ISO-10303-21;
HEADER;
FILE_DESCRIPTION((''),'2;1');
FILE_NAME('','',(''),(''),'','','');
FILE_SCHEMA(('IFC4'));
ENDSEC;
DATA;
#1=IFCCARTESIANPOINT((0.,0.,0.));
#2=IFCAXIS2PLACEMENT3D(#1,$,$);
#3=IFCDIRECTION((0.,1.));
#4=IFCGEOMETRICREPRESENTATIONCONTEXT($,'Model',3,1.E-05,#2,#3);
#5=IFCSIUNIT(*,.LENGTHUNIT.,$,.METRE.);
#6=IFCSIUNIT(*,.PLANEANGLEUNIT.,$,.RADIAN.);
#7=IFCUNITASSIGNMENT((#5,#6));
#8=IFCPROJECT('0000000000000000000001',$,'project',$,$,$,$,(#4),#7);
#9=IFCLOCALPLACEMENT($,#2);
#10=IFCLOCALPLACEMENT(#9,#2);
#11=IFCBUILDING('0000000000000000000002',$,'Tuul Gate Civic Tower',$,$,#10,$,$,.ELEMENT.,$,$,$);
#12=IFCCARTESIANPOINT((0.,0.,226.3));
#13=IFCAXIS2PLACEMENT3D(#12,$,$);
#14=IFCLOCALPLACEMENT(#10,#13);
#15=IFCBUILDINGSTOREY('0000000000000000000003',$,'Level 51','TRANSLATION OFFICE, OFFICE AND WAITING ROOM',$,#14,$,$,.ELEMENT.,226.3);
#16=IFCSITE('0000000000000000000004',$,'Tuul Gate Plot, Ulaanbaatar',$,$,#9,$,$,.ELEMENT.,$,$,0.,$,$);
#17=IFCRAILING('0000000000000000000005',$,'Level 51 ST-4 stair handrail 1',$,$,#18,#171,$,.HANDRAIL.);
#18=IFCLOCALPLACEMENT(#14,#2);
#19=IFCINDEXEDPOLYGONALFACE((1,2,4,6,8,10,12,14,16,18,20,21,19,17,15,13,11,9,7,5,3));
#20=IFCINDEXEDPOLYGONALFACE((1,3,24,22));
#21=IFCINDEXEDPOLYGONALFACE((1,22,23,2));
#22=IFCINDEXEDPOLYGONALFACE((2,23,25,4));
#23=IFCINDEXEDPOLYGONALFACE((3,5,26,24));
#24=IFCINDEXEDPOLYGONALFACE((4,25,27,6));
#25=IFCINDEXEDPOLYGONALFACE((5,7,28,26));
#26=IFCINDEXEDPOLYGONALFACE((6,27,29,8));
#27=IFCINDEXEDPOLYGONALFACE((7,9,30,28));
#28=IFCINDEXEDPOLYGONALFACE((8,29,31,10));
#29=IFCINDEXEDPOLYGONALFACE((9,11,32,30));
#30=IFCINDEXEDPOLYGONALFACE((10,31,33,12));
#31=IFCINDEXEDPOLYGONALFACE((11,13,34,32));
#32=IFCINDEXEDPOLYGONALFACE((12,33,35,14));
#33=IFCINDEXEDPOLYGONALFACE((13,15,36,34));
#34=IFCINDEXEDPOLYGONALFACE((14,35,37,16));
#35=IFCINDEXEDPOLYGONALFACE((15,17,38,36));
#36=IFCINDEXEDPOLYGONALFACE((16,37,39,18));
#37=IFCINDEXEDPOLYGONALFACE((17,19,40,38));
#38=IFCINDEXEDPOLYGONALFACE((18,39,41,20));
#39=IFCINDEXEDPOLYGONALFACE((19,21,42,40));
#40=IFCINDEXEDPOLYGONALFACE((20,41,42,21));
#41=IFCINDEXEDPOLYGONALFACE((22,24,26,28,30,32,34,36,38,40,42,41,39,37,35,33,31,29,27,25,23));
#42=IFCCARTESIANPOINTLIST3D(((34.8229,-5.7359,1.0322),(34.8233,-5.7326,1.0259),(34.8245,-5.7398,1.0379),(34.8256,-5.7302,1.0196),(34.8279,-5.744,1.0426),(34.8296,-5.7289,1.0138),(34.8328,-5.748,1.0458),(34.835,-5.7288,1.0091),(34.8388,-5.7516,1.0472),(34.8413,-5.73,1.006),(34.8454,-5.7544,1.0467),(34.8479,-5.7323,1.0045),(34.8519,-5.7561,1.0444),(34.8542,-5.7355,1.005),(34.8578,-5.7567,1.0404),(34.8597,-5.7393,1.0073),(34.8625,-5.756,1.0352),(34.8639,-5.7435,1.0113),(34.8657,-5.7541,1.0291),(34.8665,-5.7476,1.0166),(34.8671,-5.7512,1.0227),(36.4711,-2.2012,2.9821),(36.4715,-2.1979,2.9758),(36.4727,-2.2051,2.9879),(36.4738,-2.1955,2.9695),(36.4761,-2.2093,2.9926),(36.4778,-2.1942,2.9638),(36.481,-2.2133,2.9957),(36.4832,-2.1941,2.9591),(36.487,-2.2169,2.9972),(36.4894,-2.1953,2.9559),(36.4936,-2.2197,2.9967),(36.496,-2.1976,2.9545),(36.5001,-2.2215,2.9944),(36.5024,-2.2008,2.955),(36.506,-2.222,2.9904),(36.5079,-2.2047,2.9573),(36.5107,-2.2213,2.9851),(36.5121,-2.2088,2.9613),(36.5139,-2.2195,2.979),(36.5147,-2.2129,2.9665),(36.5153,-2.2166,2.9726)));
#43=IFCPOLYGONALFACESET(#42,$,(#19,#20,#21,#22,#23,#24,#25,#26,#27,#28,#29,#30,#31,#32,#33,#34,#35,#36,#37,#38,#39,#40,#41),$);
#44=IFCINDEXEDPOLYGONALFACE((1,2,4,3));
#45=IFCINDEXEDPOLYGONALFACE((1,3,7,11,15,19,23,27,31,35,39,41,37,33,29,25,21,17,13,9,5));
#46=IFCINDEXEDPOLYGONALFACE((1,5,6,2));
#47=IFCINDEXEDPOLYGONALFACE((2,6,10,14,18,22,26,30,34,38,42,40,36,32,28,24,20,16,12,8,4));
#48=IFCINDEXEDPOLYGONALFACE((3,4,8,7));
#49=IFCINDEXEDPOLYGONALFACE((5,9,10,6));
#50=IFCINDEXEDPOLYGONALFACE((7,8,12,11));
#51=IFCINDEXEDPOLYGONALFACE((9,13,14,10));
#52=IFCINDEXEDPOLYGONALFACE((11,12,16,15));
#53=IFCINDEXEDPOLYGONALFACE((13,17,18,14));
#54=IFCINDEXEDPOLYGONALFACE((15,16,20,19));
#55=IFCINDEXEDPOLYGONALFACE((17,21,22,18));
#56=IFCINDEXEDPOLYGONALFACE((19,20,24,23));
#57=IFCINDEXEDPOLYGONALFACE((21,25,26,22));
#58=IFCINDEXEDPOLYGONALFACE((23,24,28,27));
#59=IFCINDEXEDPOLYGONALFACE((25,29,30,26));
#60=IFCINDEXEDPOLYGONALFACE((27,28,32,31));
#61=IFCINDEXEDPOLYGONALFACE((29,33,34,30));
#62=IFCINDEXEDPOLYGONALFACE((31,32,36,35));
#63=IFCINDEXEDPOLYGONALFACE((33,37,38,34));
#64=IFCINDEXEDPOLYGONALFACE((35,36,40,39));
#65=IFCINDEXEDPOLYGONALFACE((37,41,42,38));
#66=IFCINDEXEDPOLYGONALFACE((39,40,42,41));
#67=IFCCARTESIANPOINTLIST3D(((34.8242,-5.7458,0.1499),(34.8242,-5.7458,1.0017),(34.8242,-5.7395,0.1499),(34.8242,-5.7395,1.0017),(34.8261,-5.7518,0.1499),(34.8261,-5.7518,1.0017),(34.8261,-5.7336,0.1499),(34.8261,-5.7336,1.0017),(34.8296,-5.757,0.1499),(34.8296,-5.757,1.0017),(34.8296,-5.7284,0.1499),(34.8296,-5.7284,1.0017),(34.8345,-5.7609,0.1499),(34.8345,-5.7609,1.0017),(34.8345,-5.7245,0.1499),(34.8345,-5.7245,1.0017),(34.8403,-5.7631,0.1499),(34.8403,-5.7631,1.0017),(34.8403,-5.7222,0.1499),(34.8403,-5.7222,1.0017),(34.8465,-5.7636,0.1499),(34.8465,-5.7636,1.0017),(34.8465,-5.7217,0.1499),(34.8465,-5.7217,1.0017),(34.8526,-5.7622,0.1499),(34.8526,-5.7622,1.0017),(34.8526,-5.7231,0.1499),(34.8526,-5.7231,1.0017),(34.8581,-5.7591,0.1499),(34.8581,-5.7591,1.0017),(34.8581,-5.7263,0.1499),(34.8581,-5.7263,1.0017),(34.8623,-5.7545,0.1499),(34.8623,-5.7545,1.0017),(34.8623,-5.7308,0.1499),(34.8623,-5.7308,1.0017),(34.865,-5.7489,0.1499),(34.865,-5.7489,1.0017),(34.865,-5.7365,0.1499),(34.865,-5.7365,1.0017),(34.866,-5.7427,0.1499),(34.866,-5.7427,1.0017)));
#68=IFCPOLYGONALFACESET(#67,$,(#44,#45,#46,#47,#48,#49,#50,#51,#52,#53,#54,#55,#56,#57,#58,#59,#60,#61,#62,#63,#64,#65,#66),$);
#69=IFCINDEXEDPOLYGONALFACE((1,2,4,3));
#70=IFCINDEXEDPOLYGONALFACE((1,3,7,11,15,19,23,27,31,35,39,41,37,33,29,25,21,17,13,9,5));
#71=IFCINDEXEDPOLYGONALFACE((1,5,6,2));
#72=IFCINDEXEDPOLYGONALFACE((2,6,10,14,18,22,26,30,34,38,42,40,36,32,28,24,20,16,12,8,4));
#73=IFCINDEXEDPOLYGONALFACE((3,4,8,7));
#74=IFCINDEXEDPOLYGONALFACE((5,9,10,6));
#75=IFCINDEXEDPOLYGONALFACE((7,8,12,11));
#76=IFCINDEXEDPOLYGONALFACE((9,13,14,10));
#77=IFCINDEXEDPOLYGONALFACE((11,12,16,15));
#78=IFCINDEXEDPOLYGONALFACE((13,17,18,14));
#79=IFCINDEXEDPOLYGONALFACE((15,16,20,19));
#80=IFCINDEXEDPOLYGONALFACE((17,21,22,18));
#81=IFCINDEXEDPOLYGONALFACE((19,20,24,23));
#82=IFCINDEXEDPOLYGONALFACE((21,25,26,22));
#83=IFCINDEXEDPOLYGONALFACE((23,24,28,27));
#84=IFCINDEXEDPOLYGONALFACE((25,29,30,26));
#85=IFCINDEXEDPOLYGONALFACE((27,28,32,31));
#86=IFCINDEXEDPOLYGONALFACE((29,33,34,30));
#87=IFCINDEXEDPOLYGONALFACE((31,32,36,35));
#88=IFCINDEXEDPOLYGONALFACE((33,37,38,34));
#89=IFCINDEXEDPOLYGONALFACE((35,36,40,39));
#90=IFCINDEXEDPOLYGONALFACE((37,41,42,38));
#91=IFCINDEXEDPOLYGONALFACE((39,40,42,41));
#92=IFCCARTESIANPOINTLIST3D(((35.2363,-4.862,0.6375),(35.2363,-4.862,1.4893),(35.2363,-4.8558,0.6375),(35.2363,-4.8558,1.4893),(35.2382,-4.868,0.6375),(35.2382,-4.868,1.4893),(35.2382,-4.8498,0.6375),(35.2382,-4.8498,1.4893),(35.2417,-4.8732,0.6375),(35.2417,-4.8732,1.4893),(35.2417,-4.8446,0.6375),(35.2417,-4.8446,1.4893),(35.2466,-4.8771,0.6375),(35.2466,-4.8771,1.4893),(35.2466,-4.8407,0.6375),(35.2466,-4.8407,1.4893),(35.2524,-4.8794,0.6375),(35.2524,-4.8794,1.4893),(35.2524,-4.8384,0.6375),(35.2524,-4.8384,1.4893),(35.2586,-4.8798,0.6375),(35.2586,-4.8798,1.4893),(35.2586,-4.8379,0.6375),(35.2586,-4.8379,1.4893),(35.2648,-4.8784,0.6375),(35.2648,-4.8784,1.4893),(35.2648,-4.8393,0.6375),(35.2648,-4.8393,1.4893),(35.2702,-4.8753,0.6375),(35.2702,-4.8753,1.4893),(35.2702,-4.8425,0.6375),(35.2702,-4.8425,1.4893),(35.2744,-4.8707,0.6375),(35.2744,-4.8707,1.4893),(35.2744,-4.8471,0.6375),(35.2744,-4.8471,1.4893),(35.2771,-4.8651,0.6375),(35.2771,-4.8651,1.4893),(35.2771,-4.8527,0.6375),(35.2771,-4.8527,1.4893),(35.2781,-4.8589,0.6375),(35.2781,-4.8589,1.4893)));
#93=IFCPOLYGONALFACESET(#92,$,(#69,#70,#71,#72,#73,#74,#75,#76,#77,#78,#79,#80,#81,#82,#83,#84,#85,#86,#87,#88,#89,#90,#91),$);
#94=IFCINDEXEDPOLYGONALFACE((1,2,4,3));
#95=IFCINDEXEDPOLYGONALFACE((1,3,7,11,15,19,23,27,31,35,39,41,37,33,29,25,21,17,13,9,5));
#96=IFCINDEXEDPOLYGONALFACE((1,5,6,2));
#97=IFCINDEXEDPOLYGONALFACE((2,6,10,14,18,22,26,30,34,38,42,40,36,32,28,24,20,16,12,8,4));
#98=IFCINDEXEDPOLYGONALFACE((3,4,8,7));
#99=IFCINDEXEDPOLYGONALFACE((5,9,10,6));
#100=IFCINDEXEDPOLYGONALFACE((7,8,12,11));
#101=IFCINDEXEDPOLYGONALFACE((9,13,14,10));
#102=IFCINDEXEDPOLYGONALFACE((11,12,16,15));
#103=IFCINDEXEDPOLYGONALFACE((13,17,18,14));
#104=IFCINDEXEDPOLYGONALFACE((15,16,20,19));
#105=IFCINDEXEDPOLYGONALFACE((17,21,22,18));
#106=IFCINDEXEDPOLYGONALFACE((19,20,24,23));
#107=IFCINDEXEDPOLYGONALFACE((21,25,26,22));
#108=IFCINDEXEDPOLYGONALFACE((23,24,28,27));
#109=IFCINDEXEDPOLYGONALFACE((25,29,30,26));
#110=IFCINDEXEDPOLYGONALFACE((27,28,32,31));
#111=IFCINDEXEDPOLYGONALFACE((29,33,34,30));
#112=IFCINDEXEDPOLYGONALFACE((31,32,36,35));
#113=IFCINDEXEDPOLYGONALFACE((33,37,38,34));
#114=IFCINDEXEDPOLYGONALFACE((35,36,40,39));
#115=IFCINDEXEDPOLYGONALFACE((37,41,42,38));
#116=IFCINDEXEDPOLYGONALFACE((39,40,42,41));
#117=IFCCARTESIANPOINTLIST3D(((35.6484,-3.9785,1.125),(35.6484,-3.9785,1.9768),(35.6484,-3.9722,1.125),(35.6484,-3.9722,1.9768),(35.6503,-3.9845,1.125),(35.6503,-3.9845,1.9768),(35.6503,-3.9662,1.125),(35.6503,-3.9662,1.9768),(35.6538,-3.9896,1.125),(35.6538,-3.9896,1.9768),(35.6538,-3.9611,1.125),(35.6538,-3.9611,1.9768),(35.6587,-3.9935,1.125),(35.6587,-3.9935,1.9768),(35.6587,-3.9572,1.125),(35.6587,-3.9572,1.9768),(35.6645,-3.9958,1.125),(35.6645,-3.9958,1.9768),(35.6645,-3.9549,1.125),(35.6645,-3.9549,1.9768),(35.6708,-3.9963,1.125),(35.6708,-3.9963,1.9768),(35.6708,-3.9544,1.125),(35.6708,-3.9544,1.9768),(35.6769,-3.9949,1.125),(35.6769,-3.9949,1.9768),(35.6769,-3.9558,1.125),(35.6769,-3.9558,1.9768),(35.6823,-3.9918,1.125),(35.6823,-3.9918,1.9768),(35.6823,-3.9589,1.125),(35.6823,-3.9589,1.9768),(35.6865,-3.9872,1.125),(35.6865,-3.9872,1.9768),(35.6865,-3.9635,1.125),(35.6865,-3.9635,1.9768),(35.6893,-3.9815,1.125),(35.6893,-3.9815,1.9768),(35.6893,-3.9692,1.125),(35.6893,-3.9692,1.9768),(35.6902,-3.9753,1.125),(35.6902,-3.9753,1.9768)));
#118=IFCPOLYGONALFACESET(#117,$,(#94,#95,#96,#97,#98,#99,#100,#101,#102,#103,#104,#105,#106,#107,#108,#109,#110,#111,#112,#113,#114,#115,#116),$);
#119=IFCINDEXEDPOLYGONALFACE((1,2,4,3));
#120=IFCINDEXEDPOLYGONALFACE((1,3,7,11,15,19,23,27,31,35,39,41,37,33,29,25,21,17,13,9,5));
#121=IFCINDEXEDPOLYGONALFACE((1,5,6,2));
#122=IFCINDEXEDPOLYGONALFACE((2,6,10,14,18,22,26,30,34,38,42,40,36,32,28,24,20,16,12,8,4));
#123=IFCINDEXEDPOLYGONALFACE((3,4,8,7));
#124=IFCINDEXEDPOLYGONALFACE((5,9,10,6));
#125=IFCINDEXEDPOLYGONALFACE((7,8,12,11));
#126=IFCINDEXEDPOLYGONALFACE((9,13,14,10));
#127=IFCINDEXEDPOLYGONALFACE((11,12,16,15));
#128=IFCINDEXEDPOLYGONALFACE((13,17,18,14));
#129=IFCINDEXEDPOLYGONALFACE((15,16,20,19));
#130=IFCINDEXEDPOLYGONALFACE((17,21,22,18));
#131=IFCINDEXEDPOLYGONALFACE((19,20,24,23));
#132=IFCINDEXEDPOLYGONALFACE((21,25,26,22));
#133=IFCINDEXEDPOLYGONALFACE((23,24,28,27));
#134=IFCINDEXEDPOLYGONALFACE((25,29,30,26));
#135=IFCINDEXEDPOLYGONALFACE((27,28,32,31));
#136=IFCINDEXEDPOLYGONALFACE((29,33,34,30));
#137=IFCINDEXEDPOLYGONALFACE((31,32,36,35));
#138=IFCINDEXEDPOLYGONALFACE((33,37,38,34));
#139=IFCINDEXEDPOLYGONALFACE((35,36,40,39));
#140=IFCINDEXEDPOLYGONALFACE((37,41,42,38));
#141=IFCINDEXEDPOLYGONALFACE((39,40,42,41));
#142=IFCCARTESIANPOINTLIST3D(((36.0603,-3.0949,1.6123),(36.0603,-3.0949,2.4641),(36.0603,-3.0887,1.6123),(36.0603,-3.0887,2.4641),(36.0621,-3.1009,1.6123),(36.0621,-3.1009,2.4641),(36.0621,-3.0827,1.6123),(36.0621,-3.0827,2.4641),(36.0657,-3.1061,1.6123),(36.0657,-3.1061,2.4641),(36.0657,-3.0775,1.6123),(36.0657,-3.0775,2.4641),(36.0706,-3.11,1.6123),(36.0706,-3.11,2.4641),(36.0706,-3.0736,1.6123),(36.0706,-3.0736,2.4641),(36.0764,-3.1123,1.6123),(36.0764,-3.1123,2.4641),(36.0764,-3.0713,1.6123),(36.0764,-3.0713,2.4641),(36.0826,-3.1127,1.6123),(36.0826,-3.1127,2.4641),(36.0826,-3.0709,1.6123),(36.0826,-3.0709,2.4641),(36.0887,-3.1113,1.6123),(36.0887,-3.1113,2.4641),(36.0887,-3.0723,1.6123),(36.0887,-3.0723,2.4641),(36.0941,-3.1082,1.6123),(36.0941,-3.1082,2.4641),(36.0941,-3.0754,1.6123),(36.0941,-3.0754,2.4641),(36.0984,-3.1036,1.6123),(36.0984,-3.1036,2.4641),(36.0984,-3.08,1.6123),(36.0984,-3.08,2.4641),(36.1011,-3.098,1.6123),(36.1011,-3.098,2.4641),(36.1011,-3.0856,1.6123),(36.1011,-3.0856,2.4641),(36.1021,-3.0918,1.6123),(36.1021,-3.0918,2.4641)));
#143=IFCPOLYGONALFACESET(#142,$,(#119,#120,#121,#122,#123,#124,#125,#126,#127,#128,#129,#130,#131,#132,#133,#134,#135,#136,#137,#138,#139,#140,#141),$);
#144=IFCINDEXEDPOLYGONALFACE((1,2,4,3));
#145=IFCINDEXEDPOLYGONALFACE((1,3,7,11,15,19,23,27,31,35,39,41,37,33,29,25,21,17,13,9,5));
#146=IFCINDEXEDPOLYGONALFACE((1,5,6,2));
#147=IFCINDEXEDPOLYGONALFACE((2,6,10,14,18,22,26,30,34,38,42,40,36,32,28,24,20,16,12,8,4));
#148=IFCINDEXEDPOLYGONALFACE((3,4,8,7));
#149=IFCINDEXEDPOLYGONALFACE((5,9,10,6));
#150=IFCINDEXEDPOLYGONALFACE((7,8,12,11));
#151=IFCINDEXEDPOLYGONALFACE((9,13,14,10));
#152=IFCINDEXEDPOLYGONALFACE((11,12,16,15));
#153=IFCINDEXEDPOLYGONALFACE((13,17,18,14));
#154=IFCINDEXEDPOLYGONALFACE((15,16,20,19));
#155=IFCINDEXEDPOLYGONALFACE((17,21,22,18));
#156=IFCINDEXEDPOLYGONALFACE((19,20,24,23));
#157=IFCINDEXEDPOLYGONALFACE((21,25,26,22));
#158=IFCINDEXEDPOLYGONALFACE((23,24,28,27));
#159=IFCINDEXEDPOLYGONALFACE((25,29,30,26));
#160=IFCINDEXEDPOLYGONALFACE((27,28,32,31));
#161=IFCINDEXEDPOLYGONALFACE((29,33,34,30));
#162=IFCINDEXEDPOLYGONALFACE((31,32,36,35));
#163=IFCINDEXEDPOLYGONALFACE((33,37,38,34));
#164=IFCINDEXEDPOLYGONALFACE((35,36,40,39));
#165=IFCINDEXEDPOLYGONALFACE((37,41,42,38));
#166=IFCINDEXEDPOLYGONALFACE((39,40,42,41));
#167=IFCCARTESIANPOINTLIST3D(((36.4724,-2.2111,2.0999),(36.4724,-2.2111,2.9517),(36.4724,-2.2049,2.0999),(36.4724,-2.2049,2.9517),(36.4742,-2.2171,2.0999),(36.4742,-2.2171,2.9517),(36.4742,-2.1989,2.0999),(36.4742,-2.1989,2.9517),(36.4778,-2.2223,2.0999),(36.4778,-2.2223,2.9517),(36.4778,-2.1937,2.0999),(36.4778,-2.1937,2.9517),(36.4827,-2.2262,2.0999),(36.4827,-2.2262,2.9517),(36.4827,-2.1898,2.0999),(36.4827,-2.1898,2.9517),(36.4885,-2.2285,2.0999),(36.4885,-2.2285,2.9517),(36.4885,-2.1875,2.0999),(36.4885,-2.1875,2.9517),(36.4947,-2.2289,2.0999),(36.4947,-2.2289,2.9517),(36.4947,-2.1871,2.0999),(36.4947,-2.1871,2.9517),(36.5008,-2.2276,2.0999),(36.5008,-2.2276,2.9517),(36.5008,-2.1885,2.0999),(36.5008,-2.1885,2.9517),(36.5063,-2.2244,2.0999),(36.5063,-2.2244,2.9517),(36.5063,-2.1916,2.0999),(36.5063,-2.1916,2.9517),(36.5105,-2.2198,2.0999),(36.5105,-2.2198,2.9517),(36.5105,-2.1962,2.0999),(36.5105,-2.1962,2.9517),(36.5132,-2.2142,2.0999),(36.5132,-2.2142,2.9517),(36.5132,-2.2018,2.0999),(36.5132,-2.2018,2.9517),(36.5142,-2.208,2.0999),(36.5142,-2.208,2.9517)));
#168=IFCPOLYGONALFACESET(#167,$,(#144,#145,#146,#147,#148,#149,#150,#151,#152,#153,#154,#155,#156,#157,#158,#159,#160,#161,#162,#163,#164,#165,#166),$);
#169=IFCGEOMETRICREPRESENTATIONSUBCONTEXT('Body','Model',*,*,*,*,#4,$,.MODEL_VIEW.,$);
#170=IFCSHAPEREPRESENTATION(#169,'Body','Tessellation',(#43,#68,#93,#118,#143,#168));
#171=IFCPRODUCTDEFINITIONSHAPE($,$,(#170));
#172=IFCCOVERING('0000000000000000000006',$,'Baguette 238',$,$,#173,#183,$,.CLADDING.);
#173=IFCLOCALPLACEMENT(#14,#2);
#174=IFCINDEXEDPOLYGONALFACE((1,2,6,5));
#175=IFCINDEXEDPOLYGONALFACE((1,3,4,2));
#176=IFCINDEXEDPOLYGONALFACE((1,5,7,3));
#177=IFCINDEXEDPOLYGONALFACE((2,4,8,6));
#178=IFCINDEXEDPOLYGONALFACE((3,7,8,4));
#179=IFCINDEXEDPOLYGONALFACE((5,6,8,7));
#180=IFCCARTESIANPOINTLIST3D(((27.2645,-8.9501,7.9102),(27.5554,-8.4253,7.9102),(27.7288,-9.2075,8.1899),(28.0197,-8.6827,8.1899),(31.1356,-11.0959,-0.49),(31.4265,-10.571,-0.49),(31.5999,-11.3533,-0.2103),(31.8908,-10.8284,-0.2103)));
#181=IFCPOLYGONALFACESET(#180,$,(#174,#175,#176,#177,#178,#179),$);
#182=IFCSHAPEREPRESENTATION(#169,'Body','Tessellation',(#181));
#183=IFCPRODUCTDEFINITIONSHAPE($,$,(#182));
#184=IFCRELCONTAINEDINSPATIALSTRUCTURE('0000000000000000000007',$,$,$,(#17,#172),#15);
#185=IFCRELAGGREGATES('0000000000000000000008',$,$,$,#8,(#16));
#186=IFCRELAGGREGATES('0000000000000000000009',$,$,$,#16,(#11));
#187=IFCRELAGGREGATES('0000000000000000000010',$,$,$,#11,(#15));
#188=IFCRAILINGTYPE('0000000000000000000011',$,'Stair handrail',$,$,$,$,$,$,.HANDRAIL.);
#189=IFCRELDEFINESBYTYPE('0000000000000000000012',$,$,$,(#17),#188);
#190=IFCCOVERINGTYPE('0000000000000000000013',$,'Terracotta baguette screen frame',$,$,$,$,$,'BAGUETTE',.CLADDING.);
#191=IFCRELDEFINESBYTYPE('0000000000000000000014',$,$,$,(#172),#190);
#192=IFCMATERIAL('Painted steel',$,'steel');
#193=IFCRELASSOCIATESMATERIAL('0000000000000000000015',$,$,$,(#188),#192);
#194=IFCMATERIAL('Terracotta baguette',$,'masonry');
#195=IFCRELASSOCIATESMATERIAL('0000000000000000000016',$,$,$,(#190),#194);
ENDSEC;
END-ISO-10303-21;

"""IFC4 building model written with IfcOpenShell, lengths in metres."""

from ifc_helpers import new_model, si_unit, direction, frame, origin, origin_2d, place, context, subcontext, project, spatial, rectangle, circle, extrude, material, material_profile, profile_set, type_object, element, save


model = new_model("IFC4")

# Units and contexts
model_context = context("Model", 3, precision=1e-05, world=origin(), true_north=direction((0.0, 1.0)))
body_context = subcontext(model_context, "Body", "Model", "MODEL_VIEW")
ifc_project = project(units=[si_unit("LENGTHUNIT", "METRE"), si_unit("PLANEANGLEUNIT", "RADIAN")], contexts=[model_context])

# Site, building, storey
site_placement = place(None, origin())
site = spatial("IfcSite", under=ifc_project, at=site_placement, Name="Tuul Gate Plot, Ulaanbaatar", CompositionType="ELEMENT", RefElevation=0.0)
building_placement = place(site_placement, origin())
building = spatial("IfcBuilding", under=site, at=building_placement, Name="Tuul Gate Civic Tower", CompositionType="ELEMENT")
storey_placement = place(building_placement, frame((0.0, 0.0, 226.3)))
storey = spatial("IfcBuildingStorey", under=building, at=storey_placement, Name="Level 51", Description="TRANSLATION OFFICE, OFFICE AND WAITING ROOM", CompositionType="ELEMENT", Elevation=226.3)

# Railing
ifc_material_1 = material(Name="Painted steel", Category="steel")
railing_type_1 = type_object("IfcRailingType", Name="Stair handrail", PredefinedType="HANDRAIL", material=ifc_material_1)
railing_1_placement = place(storey_placement, frame((34.845, -5.7427, 0.1499)))
element("IfcRailing", 1, at=railing_1_placement, inside=storey, type_object=railing_type_1, Name="Level 51 ST-4 stair handrail 1", PredefinedType="HANDRAIL", context=body_context, shape_type="SweptSolid", body=[
    extrude(circle(Radius=0.0239, at=origin_2d()), frame((0.0, 0.0, 0.876), z_axis=(0.377995, 0.810637, 0.4472), x_axis=(-0.906313, 0.422608, 0.0)), (0.0, 0.0, 1.0), 4.3604),
    extrude(circle(Radius=0.021, at=origin_2d()), origin(), (0.0, 0.0, 1.0), 0.8518),
    extrude(circle(Radius=0.021, at=origin_2d()), frame((0.4121, 0.8838, 0.4875)), (0.0, 0.0, 1.0), 0.8518),
    extrude(circle(Radius=0.021, at=origin_2d()), frame((0.8242, 1.7673, 0.9751)), (0.0, 0.0, 1.0), 0.8518),
    extrude(circle(Radius=0.021, at=origin_2d()), frame((1.2361, 2.6509, 1.4624)), (0.0, 0.0, 1.0), 0.8518),
    extrude(circle(Radius=0.021, at=origin_2d()), frame((1.6482, 3.5347, 1.95)), (0.0, 0.0, 1.0), 0.8518),
])

# Covering
ifc_material_2 = material(Name="Terracotta baguette", Category="masonry")
ifc_material_profile_1 = material_profile(ifc_material_2, rectangle(XDim=0.6001, YDim=0.6001, at=origin_2d()), Name="Terracotta baguette screen frame")
ifc_profile_set_1 = profile_set([ifc_material_profile_1], Name="Terracotta baguette")
covering_type = type_object("IfcCoveringType", Name="Terracotta baguette screen frame", ElementType="BAGUETTE", PredefinedType="CLADDING", material=ifc_profile_set_1)
covering_placement = place(storey_placement, frame((27.6421, -8.8164, 8.05), z_axis=(0.407705, -0.225991, -0.884706), x_axis=(0.484804, 0.874623, 0.0)))
element("IfcCovering", 2, at=covering_placement, inside=storey, type_object=covering_type, Name="Baguette 238", PredefinedType="CLADDING", context=body_context, shape_type="SweptSolid", body=[
    extrude(rectangle(XDim=0.6001, YDim=0.6001, at=origin_2d()), origin(), (0.0, 0.0, 1.0), 9.4949),
])

save(model, "model.ifc")
